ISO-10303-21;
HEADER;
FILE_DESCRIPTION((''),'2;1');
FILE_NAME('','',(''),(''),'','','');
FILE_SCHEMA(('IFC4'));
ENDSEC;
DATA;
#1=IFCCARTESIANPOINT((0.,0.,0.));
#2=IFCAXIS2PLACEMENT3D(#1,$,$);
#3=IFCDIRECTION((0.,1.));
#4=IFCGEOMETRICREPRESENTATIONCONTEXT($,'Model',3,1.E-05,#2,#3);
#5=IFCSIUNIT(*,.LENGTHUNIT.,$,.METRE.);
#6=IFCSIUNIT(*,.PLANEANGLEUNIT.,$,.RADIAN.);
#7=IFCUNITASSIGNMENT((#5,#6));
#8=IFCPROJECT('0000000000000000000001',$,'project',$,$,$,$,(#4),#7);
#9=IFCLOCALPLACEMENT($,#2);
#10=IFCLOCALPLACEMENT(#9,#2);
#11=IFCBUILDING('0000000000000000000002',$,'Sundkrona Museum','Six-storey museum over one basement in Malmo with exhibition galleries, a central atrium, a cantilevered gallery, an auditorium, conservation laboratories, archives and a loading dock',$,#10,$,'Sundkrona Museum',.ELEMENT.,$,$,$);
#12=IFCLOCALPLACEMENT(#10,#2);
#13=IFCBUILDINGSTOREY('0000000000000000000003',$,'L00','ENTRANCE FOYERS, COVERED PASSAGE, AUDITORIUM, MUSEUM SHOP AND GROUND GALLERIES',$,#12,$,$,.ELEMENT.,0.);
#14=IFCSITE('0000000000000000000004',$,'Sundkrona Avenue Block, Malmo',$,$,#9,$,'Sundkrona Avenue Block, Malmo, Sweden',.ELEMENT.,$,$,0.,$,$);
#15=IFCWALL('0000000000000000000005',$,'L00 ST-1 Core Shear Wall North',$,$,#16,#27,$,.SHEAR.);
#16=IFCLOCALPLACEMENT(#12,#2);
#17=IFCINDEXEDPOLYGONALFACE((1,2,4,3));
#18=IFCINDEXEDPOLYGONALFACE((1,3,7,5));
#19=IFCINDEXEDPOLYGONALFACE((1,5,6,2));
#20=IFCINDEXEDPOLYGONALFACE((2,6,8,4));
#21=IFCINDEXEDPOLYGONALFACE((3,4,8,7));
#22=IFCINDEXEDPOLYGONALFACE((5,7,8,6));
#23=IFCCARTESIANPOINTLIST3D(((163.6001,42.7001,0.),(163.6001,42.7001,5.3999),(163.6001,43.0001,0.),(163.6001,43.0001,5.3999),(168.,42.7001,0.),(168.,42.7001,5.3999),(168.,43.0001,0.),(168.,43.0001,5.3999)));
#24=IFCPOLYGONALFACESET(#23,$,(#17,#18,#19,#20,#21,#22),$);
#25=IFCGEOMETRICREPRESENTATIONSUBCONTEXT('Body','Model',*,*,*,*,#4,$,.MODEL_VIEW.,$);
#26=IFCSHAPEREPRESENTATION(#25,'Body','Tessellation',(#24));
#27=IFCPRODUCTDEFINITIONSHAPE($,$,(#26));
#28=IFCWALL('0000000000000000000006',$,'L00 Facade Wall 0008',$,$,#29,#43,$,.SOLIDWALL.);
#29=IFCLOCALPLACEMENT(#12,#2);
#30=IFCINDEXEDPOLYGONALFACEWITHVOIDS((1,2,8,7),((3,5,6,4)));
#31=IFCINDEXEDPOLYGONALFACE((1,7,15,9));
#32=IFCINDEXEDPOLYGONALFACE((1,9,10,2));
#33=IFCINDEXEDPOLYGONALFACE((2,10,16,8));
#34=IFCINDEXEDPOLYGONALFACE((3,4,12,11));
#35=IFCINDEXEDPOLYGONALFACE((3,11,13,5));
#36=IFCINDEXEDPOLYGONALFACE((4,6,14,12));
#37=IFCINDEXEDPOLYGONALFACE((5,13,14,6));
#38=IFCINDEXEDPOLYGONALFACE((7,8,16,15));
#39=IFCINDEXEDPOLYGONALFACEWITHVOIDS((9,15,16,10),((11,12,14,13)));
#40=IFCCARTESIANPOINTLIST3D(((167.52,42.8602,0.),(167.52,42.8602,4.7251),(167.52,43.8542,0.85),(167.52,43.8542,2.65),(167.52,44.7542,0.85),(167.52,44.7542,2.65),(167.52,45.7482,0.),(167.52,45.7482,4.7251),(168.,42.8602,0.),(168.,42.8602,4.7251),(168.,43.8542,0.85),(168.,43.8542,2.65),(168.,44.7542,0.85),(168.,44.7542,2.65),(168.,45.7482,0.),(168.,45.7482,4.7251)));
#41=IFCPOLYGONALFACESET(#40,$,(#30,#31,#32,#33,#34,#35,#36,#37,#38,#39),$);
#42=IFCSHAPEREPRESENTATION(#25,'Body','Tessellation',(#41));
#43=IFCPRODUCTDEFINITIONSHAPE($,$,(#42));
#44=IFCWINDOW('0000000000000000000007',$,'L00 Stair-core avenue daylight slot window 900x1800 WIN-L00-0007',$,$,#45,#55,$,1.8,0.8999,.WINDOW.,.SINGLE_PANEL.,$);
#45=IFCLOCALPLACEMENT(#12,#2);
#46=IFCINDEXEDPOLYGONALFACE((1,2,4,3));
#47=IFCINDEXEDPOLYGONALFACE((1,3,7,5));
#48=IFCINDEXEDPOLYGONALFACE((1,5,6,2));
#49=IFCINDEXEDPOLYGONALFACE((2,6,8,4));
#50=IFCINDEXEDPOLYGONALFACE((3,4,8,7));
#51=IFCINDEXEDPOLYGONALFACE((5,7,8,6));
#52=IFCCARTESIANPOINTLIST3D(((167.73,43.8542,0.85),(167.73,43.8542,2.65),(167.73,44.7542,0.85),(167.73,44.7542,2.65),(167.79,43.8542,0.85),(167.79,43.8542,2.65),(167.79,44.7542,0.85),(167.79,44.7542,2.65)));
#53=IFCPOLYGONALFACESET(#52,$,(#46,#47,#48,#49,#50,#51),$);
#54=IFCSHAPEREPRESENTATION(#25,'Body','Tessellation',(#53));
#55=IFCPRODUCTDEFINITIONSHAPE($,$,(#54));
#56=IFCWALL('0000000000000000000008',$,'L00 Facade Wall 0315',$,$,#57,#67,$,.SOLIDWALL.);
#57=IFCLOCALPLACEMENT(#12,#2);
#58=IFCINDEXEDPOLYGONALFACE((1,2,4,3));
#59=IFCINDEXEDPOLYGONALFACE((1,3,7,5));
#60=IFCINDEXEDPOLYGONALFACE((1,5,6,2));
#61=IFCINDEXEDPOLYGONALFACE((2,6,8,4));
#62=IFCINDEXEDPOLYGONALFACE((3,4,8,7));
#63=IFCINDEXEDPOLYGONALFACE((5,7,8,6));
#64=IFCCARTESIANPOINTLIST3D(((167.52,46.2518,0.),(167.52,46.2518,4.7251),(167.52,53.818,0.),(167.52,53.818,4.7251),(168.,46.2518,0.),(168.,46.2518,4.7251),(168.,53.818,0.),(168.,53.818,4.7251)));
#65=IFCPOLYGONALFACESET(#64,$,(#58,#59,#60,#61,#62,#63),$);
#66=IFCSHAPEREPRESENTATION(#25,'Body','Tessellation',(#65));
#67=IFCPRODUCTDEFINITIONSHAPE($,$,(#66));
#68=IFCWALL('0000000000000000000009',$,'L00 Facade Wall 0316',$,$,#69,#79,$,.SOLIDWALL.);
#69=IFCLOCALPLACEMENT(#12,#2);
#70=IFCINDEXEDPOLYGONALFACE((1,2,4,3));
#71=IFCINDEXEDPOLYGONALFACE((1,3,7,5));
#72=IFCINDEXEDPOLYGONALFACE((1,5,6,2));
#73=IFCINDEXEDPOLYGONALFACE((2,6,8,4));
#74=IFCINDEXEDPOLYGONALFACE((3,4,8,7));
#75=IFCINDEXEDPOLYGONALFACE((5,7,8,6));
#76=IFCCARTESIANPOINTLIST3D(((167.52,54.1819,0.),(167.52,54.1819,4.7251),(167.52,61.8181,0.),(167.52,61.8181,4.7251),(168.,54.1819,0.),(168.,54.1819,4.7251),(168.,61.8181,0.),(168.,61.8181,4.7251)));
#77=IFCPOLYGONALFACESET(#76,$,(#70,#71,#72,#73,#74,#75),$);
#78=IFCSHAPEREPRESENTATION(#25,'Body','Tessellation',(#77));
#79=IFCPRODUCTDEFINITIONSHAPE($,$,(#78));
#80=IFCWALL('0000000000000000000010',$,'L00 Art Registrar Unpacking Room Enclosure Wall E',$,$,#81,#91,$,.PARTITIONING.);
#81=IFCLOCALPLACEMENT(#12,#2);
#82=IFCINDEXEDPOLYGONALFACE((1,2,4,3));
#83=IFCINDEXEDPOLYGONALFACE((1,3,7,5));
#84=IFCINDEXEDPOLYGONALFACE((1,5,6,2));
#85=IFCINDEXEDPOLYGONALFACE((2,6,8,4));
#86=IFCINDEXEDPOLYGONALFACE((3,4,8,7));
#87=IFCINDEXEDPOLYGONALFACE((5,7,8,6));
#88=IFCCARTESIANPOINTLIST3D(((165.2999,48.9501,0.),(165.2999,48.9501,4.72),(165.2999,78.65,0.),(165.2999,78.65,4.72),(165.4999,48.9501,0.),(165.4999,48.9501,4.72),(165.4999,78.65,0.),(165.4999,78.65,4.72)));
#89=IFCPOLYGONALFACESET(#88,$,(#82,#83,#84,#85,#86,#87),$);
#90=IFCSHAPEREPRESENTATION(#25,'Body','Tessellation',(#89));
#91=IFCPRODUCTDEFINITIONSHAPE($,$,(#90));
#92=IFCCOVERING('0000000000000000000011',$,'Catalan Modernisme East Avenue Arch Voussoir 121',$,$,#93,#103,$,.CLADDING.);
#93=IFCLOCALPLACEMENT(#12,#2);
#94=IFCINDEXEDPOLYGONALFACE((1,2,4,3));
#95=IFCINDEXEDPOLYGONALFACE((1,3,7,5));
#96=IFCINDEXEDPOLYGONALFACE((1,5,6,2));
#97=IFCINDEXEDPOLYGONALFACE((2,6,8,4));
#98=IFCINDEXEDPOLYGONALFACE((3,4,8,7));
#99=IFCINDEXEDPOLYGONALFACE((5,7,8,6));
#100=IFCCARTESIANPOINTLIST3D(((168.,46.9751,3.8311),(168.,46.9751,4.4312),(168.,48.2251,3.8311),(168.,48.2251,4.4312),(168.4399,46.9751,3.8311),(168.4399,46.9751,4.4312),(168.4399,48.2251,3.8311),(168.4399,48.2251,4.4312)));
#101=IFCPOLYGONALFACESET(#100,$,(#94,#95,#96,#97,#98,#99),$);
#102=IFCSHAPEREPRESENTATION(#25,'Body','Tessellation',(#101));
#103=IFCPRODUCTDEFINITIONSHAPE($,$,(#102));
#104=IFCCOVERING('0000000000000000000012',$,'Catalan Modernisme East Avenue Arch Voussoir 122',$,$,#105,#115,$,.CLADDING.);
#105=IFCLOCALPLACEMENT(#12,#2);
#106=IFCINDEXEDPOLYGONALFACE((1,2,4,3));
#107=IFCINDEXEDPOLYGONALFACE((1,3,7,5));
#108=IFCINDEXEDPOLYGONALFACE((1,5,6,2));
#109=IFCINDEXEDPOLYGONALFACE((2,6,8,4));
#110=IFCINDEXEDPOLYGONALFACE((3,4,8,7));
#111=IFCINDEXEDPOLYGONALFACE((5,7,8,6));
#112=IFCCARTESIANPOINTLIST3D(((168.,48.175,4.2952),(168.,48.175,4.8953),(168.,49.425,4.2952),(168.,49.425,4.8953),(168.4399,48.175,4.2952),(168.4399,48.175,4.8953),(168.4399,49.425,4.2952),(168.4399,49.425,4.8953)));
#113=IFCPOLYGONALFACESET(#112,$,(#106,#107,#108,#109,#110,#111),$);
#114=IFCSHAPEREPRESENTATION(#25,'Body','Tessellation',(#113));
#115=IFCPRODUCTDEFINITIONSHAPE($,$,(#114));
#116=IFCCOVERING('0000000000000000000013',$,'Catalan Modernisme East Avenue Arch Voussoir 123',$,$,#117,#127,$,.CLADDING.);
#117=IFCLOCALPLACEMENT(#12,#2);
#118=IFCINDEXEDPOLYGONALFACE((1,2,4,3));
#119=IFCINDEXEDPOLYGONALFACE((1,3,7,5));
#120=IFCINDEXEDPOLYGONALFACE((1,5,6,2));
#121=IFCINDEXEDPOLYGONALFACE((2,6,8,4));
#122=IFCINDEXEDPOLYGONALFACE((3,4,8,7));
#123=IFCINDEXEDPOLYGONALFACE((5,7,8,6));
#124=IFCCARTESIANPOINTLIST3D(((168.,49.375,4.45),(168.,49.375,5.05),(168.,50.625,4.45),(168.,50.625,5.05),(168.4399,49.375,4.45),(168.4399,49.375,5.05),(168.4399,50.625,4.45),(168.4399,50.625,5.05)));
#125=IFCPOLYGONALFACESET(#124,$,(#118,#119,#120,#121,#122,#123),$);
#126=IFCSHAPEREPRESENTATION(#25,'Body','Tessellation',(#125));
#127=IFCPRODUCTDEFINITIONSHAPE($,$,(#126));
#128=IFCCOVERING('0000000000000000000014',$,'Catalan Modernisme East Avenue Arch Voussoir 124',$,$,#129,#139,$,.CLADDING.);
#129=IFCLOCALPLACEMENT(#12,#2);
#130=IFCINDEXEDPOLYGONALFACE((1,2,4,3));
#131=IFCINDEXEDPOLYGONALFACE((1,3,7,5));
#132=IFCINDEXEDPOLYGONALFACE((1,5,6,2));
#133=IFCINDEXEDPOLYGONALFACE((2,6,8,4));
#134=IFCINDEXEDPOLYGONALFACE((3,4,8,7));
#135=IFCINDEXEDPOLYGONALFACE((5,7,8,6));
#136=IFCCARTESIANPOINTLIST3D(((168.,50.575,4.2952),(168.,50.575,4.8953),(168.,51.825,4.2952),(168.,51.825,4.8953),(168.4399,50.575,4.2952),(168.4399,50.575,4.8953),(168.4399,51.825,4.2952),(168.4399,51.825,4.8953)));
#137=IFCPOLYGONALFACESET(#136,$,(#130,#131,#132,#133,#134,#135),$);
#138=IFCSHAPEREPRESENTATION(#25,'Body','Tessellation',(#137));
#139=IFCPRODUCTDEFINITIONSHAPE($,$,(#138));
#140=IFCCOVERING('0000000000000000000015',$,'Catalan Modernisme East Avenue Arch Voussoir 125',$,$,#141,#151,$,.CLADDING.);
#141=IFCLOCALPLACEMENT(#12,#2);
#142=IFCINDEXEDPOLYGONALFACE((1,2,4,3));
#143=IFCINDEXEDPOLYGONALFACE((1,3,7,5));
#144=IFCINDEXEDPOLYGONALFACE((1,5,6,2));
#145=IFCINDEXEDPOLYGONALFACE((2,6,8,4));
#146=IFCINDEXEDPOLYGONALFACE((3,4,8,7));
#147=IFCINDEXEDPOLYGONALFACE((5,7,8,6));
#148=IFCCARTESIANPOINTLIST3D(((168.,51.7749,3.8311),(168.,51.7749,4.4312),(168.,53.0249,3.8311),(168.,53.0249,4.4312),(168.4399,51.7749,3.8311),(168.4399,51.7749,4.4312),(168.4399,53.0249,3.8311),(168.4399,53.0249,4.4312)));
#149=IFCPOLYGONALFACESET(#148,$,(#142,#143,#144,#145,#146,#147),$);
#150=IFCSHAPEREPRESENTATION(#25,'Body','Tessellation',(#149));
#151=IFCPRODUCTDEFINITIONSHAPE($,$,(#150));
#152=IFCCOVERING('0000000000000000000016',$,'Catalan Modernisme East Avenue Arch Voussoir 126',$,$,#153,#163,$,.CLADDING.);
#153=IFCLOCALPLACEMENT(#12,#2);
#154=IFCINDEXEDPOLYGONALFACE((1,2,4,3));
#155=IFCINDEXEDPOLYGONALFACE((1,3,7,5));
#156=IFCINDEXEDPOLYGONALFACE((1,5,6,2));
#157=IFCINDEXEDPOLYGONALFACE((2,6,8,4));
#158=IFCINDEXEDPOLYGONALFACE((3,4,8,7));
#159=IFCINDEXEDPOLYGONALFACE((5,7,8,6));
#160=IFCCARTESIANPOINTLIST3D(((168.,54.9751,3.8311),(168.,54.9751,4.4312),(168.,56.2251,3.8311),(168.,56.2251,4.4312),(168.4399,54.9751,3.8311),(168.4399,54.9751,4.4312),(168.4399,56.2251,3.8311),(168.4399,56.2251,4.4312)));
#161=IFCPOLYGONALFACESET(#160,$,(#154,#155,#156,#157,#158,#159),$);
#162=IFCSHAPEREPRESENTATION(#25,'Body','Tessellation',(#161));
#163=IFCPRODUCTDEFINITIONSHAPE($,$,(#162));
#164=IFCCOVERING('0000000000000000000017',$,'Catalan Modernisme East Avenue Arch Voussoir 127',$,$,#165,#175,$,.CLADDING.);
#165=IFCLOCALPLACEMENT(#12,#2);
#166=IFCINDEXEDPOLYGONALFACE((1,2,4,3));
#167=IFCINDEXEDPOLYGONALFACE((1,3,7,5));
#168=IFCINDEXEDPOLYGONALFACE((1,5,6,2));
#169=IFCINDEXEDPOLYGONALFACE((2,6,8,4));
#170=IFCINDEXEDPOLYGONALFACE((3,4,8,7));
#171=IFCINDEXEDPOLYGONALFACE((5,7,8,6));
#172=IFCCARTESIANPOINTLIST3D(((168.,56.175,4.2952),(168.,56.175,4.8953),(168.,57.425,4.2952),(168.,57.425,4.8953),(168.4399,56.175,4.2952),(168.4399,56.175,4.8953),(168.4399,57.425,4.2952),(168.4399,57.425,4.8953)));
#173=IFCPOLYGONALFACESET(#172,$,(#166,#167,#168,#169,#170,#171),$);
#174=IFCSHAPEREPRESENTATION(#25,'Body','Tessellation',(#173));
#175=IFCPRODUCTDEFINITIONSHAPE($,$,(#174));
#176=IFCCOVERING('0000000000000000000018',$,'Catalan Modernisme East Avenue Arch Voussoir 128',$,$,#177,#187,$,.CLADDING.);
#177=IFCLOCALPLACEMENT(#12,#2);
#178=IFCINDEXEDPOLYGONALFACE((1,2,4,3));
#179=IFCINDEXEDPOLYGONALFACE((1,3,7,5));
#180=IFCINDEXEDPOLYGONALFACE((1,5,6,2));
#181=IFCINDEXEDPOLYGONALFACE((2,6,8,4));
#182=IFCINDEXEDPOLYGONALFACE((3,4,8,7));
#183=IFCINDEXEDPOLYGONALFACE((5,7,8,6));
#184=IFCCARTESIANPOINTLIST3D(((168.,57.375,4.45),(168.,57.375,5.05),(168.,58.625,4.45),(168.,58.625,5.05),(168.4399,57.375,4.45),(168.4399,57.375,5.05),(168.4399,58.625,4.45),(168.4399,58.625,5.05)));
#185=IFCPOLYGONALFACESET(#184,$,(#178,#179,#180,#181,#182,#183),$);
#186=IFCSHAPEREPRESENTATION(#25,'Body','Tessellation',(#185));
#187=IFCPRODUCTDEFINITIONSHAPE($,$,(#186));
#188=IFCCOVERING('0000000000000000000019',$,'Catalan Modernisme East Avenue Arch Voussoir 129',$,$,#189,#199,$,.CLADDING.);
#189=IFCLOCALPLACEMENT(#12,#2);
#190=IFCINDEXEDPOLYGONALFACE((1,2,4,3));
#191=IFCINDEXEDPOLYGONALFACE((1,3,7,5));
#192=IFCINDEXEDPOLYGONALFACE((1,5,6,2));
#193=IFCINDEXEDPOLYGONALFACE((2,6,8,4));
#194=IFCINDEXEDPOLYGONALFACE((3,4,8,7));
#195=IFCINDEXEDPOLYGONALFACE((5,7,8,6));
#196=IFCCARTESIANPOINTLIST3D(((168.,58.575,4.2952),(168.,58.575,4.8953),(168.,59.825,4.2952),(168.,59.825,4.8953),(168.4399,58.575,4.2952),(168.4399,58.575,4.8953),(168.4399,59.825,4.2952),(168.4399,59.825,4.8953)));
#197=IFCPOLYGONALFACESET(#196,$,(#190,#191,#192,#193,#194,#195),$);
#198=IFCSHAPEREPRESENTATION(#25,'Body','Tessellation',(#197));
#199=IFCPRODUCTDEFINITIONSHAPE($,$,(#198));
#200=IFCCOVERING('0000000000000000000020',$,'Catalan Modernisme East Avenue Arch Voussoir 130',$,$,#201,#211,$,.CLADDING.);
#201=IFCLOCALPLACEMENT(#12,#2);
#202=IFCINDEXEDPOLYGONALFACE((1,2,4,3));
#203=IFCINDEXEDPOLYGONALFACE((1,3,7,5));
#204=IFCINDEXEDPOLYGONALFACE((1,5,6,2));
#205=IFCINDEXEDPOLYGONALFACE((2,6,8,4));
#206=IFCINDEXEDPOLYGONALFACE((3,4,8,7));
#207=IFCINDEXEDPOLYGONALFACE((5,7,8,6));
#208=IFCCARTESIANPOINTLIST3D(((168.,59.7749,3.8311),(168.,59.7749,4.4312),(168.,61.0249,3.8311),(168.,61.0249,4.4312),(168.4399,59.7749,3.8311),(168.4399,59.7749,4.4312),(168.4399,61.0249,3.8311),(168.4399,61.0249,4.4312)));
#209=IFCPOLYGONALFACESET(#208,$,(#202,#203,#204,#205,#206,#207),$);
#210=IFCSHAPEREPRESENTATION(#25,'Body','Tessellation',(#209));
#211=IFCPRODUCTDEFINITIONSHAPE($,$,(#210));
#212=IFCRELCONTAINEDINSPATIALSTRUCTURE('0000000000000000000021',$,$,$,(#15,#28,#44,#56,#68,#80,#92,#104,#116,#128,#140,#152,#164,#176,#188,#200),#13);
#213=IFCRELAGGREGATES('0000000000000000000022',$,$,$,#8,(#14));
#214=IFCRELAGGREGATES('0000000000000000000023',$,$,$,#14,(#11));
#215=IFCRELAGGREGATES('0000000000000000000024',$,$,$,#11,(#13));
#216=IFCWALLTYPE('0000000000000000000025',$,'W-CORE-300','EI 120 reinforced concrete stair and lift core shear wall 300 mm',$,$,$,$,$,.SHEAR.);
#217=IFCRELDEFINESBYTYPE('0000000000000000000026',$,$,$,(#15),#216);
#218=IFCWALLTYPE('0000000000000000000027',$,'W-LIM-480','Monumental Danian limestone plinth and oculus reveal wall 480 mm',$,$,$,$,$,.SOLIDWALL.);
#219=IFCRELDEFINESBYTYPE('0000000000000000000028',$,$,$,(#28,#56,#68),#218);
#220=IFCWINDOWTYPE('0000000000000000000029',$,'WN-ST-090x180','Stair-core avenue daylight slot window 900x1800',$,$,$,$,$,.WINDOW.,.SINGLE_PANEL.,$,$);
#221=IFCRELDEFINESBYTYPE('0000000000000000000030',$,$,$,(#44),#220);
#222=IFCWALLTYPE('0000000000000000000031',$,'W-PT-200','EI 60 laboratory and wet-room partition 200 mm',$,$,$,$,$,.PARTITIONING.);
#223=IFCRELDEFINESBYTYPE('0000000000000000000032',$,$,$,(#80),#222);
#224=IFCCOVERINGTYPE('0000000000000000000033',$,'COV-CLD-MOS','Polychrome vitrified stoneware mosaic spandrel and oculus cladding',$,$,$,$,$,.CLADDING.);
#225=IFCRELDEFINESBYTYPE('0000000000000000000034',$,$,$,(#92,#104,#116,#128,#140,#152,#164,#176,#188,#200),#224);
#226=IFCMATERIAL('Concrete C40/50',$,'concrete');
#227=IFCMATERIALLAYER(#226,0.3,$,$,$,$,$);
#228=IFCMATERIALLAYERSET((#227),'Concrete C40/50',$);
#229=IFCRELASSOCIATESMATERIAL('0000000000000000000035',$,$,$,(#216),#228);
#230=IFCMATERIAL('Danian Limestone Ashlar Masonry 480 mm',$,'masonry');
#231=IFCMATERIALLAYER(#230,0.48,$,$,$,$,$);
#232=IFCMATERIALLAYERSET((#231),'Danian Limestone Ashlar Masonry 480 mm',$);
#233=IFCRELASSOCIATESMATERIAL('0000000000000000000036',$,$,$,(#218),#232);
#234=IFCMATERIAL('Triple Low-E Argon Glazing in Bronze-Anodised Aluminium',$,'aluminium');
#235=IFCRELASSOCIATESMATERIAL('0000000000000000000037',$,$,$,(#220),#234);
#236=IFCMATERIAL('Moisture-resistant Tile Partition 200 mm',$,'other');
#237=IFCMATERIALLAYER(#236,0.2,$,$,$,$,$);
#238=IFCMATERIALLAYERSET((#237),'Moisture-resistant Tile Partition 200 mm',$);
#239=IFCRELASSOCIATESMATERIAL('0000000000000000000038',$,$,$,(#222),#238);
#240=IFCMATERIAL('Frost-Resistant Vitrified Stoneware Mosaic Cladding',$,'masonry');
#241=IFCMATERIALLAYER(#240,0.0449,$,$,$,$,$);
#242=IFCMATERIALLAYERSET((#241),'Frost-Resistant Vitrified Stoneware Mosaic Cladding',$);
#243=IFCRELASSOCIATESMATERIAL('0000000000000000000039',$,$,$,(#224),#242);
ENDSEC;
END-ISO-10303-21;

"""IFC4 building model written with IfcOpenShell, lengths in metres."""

from ifc_helpers import new_model, si_unit, direction, frame, frame_2d, origin, origin_2d, place, context, subcontext, project, spatial, rectangle, extrude, material, layer, layer_set, type_object, element, fill, save


model = new_model("IFC4")

# Units and contexts
model_context = context("Model", 3, precision=1e-05, world=origin(), true_north=direction((0.0, 1.0)))
body_context = subcontext(model_context, "Body", "Model", "MODEL_VIEW")
ifc_project = project(units=[si_unit("LENGTHUNIT", "METRE"), si_unit("PLANEANGLEUNIT", "RADIAN")], contexts=[model_context])

# Site, building, storey
site_placement = place(None, origin())
site = spatial("IfcSite", under=ifc_project, at=site_placement, Name="Sundkrona Avenue Block, Malmo", LongName="Sundkrona Avenue Block, Malmo, Sweden", CompositionType="ELEMENT", RefElevation=0.0)
building_placement = place(site_placement, origin())
building = spatial("IfcBuilding", under=site, at=building_placement, Name="Sundkrona Museum", Description="Six-storey museum over one basement in Malmo with exhibition galleries, a central atrium, a cantilevered gallery, an auditorium, conservation laboratories, archives and a loading dock", LongName="Sundkrona Museum", CompositionType="ELEMENT")
storey_placement = place(building_placement, origin())
storey = spatial("IfcBuildingStorey", under=building, at=storey_placement, Name="L00", Description="ENTRANCE FOYERS, COVERED PASSAGE, AUDITORIUM, MUSEUM SHOP AND GROUND GALLERIES", CompositionType="ELEMENT", Elevation=0.0)

# Wall
ifc_material_1 = material(Name="Concrete C40/50", Category="concrete")
ifc_layer_1 = layer(ifc_material_1, 0.3)
ifc_layer_set_1 = layer_set([ifc_layer_1], Name="Concrete C40/50")
wall_type_1 = type_object("IfcWallType", Name="W-CORE-300", Description="EI 120 reinforced concrete stair and lift core shear wall 300 mm", PredefinedType="SHEAR", material=ifc_layer_set_1)
wall_1_placement = place(storey_placement, frame((163.6001, 42.8501, 0.0), z_axis=(0.0, 0.0, 1.0), x_axis=(1.0, 0.0, 0.0)))
element("IfcWall", 1, at=wall_1_placement, inside=storey, type_object=wall_type_1, Name="L00 ST-1 Core Shear Wall North", PredefinedType="SHEAR", context=body_context, shape_type="SweptSolid", body=[
    extrude(rectangle(XDim=4.3999, YDim=0.3, at=frame_2d((2.2, 0.0))), origin(), (0.0, 0.0, 1.0), 5.3999),
])

# Wall, opening, window
ifc_material_2 = material(Name="Danian Limestone Ashlar Masonry 480 mm", Category="masonry")
ifc_layer_2 = layer(ifc_material_2, 0.48)
ifc_layer_set_2 = layer_set([ifc_layer_2], Name="Danian Limestone Ashlar Masonry 480 mm")
wall_type_2 = type_object("IfcWallType", Name="W-LIM-480", Description="Monumental Danian limestone plinth and oculus reveal wall 480 mm", PredefinedType="SOLIDWALL", material=ifc_layer_set_2)
wall_2_placement = place(storey_placement, frame((167.76, 45.748, 0.0), z_axis=(0.0, 0.0, 1.0), x_axis=(0.0, -1.0, 0.0)))
wall_2 = element("IfcWall", 2, at=wall_2_placement, inside=storey, type_object=wall_type_2, Name="L00 Facade Wall 0008", PredefinedType="SOLIDWALL", context=body_context, shape_type="SweptSolid", body=[
    extrude(rectangle(XDim=2.8879, YDim=0.48, at=frame_2d((1.4438, 0.0))), origin(), (0.0, 0.0, 1.0), 4.7251),
])
opening_placement = place(wall_2_placement, frame((0.9939, 0.0, 0.8501)))
opening = element("IfcOpeningElement", 3, at=opening_placement, cuts=wall_2, PredefinedType="OPENING", context=body_context, shape_type="SweptSolid", body=[
    extrude(rectangle(XDim=0.8999, YDim=1.8, at=frame_2d((0.45, 0.8999))), frame((0.0, 0.25, 0.0), z_axis=(0.0, -1.0, 0.0), x_axis=(1.0, 0.0, 0.0)), (0.0, 0.0, 1.0), 0.5),
])
ifc_material_3 = material(Name="Triple Low-E Argon Glazing in Bronze-Anodised Aluminium", Category="aluminium")
window_type = type_object("IfcWindowType", Name="WN-ST-090x180", Description="Stair-core avenue daylight slot window 900x1800", PartitioningType="SINGLE_PANEL", PredefinedType="WINDOW", material=ifc_material_3)
window_placement = place(opening_placement, origin())
window = element("IfcWindow", 4, at=window_placement, inside=storey, type_object=window_type, Name="L00 Stair-core avenue daylight slot window 900x1800 WIN-L00-0007", OverallHeight=1.8, OverallWidth=0.8999, PartitioningType="SINGLE_PANEL", PredefinedType="WINDOW", context=body_context, shape_type="SweptSolid", body=[
    extrude(rectangle(XDim=0.8999, YDim=1.8, at=frame_2d((0.45, 0.8999))), frame((0.0, 0.03, 0.0), z_axis=(0.0, -1.0, 0.0), x_axis=(1.0, 0.0, 0.0)), (0.0, 0.0, 1.0), 0.0601),
])
fill(opening, window)

# Walls
wall_3_placement = place(storey_placement, frame((167.76, 53.8181, 0.0), z_axis=(0.0, 0.0, 1.0), x_axis=(0.0, -1.0, 0.0)))
element("IfcWall", 5, at=wall_3_placement, inside=storey, type_object=wall_type_2, Name="L00 Facade Wall 0315", PredefinedType="SOLIDWALL", context=body_context, shape_type="SweptSolid", body=[
    extrude(rectangle(XDim=7.5662, YDim=0.48, at=frame_2d((3.7832, 0.0))), origin(), (0.0, 0.0, 1.0), 4.7251),
])
wall_4_placement = place(storey_placement, frame((167.76, 61.8181, 0.0), z_axis=(0.0, 0.0, 1.0), x_axis=(0.0, -1.0, 0.0)))
element("IfcWall", 6, at=wall_4_placement, inside=storey, type_object=wall_type_2, Name="L00 Facade Wall 0316", PredefinedType="SOLIDWALL", context=body_context, shape_type="SweptSolid", body=[
    extrude(rectangle(XDim=7.6362, YDim=0.48, at=frame_2d((3.8181, 0.0))), origin(), (0.0, 0.0, 1.0), 4.7251),
])
ifc_material_4 = material(Name="Moisture-resistant Tile Partition 200 mm", Category="other")
ifc_layer_3 = layer(ifc_material_4, 0.2)
ifc_layer_set_3 = layer_set([ifc_layer_3], Name="Moisture-resistant Tile Partition 200 mm")
wall_type_3 = type_object("IfcWallType", Name="W-PT-200", Description="EI 60 laboratory and wet-room partition 200 mm", PredefinedType="PARTITIONING", material=ifc_layer_set_3)
wall_5_placement = place(storey_placement, frame((165.3999, 48.95, 0.0), z_axis=(0.0, 0.0, 1.0), x_axis=(0.0, 1.0, 0.0)))
element("IfcWall", 7, at=wall_5_placement, inside=storey, type_object=wall_type_3, Name="L00 Art Registrar Unpacking Room Enclosure Wall E", PredefinedType="PARTITIONING", context=body_context, shape_type="SweptSolid", body=[
    extrude(rectangle(XDim=29.7, YDim=0.2, at=frame_2d((14.8501, 0.0))), origin(), (0.0, 0.0, 1.0), 4.72),
])

# Coverings
ifc_material_5 = material(Name="Frost-Resistant Vitrified Stoneware Mosaic Cladding", Category="masonry")
ifc_layer_4 = layer(ifc_material_5, 0.0449)
ifc_layer_set_4 = layer_set([ifc_layer_4], Name="Frost-Resistant Vitrified Stoneware Mosaic Cladding")
covering_type = type_object("IfcCoveringType", Name="COV-CLD-MOS", Description="Polychrome vitrified stoneware mosaic spandrel and oculus cladding", PredefinedType="CLADDING", material=ifc_layer_set_4)
for number, where, z_axis, x_axis, name in (
    (8, (168.22, 47.6001, 3.8311), (0.0, 0.0, 1.0), (1.0, 0.0, 0.0), "Catalan Modernisme East Avenue Arch Voussoir 121"),
    (9, (168.22, 48.8, 4.2952), (0.0, 0.0, 1.0), (1.0, 0.0, 0.0), "Catalan Modernisme East Avenue Arch Voussoir 122"),
    (10, (168.22, 50.0, 4.45), (0.0, 0.0, 1.0), (1.0, 0.0, 0.0), "Catalan Modernisme East Avenue Arch Voussoir 123"),
    (11, (168.22, 51.2, 4.2952), (0.0, 0.0, 1.0), (1.0, 0.0, 0.0), "Catalan Modernisme East Avenue Arch Voussoir 124"),
    (12, (168.22, 52.3999, 3.8311), (0.0, 0.0, 1.0), (1.0, 0.0, 0.0), "Catalan Modernisme East Avenue Arch Voussoir 125"),
    (13, (168.22, 55.6001, 3.8311), (0.0, 0.0, 1.0), (1.0, 0.0, 0.0), "Catalan Modernisme East Avenue Arch Voussoir 126"),
    (14, (168.22, 56.8, 4.2952), (0.0, 0.0, 1.0), (1.0, 0.0, 0.0), "Catalan Modernisme East Avenue Arch Voussoir 127"),
    (15, (168.22, 58.0, 4.45), (0.0, 0.0, 1.0), (1.0, 0.0, 0.0), "Catalan Modernisme East Avenue Arch Voussoir 128"),
    (16, (168.22, 59.2, 4.2952), (0.0, 0.0, 1.0), (1.0, 0.0, 0.0), "Catalan Modernisme East Avenue Arch Voussoir 129"),
    (17, (168.22, 60.3999, 3.8311), (0.0, 0.0, 1.0), (1.0, 0.0, 0.0), "Catalan Modernisme East Avenue Arch Voussoir 130"),
):
    element("IfcCovering", number, at=place(storey_placement, frame(where, z_axis=z_axis, x_axis=x_axis)), inside=storey, type_object=covering_type, Name=name, PredefinedType="CLADDING", context=body_context, shape_type="SweptSolid", body=[
        extrude(rectangle(XDim=0.4399, YDim=1.25, at=origin_2d()), origin(), (0.0, 0.0, 1.0), 0.6001),
    ])

save(model, "model.ifc")
